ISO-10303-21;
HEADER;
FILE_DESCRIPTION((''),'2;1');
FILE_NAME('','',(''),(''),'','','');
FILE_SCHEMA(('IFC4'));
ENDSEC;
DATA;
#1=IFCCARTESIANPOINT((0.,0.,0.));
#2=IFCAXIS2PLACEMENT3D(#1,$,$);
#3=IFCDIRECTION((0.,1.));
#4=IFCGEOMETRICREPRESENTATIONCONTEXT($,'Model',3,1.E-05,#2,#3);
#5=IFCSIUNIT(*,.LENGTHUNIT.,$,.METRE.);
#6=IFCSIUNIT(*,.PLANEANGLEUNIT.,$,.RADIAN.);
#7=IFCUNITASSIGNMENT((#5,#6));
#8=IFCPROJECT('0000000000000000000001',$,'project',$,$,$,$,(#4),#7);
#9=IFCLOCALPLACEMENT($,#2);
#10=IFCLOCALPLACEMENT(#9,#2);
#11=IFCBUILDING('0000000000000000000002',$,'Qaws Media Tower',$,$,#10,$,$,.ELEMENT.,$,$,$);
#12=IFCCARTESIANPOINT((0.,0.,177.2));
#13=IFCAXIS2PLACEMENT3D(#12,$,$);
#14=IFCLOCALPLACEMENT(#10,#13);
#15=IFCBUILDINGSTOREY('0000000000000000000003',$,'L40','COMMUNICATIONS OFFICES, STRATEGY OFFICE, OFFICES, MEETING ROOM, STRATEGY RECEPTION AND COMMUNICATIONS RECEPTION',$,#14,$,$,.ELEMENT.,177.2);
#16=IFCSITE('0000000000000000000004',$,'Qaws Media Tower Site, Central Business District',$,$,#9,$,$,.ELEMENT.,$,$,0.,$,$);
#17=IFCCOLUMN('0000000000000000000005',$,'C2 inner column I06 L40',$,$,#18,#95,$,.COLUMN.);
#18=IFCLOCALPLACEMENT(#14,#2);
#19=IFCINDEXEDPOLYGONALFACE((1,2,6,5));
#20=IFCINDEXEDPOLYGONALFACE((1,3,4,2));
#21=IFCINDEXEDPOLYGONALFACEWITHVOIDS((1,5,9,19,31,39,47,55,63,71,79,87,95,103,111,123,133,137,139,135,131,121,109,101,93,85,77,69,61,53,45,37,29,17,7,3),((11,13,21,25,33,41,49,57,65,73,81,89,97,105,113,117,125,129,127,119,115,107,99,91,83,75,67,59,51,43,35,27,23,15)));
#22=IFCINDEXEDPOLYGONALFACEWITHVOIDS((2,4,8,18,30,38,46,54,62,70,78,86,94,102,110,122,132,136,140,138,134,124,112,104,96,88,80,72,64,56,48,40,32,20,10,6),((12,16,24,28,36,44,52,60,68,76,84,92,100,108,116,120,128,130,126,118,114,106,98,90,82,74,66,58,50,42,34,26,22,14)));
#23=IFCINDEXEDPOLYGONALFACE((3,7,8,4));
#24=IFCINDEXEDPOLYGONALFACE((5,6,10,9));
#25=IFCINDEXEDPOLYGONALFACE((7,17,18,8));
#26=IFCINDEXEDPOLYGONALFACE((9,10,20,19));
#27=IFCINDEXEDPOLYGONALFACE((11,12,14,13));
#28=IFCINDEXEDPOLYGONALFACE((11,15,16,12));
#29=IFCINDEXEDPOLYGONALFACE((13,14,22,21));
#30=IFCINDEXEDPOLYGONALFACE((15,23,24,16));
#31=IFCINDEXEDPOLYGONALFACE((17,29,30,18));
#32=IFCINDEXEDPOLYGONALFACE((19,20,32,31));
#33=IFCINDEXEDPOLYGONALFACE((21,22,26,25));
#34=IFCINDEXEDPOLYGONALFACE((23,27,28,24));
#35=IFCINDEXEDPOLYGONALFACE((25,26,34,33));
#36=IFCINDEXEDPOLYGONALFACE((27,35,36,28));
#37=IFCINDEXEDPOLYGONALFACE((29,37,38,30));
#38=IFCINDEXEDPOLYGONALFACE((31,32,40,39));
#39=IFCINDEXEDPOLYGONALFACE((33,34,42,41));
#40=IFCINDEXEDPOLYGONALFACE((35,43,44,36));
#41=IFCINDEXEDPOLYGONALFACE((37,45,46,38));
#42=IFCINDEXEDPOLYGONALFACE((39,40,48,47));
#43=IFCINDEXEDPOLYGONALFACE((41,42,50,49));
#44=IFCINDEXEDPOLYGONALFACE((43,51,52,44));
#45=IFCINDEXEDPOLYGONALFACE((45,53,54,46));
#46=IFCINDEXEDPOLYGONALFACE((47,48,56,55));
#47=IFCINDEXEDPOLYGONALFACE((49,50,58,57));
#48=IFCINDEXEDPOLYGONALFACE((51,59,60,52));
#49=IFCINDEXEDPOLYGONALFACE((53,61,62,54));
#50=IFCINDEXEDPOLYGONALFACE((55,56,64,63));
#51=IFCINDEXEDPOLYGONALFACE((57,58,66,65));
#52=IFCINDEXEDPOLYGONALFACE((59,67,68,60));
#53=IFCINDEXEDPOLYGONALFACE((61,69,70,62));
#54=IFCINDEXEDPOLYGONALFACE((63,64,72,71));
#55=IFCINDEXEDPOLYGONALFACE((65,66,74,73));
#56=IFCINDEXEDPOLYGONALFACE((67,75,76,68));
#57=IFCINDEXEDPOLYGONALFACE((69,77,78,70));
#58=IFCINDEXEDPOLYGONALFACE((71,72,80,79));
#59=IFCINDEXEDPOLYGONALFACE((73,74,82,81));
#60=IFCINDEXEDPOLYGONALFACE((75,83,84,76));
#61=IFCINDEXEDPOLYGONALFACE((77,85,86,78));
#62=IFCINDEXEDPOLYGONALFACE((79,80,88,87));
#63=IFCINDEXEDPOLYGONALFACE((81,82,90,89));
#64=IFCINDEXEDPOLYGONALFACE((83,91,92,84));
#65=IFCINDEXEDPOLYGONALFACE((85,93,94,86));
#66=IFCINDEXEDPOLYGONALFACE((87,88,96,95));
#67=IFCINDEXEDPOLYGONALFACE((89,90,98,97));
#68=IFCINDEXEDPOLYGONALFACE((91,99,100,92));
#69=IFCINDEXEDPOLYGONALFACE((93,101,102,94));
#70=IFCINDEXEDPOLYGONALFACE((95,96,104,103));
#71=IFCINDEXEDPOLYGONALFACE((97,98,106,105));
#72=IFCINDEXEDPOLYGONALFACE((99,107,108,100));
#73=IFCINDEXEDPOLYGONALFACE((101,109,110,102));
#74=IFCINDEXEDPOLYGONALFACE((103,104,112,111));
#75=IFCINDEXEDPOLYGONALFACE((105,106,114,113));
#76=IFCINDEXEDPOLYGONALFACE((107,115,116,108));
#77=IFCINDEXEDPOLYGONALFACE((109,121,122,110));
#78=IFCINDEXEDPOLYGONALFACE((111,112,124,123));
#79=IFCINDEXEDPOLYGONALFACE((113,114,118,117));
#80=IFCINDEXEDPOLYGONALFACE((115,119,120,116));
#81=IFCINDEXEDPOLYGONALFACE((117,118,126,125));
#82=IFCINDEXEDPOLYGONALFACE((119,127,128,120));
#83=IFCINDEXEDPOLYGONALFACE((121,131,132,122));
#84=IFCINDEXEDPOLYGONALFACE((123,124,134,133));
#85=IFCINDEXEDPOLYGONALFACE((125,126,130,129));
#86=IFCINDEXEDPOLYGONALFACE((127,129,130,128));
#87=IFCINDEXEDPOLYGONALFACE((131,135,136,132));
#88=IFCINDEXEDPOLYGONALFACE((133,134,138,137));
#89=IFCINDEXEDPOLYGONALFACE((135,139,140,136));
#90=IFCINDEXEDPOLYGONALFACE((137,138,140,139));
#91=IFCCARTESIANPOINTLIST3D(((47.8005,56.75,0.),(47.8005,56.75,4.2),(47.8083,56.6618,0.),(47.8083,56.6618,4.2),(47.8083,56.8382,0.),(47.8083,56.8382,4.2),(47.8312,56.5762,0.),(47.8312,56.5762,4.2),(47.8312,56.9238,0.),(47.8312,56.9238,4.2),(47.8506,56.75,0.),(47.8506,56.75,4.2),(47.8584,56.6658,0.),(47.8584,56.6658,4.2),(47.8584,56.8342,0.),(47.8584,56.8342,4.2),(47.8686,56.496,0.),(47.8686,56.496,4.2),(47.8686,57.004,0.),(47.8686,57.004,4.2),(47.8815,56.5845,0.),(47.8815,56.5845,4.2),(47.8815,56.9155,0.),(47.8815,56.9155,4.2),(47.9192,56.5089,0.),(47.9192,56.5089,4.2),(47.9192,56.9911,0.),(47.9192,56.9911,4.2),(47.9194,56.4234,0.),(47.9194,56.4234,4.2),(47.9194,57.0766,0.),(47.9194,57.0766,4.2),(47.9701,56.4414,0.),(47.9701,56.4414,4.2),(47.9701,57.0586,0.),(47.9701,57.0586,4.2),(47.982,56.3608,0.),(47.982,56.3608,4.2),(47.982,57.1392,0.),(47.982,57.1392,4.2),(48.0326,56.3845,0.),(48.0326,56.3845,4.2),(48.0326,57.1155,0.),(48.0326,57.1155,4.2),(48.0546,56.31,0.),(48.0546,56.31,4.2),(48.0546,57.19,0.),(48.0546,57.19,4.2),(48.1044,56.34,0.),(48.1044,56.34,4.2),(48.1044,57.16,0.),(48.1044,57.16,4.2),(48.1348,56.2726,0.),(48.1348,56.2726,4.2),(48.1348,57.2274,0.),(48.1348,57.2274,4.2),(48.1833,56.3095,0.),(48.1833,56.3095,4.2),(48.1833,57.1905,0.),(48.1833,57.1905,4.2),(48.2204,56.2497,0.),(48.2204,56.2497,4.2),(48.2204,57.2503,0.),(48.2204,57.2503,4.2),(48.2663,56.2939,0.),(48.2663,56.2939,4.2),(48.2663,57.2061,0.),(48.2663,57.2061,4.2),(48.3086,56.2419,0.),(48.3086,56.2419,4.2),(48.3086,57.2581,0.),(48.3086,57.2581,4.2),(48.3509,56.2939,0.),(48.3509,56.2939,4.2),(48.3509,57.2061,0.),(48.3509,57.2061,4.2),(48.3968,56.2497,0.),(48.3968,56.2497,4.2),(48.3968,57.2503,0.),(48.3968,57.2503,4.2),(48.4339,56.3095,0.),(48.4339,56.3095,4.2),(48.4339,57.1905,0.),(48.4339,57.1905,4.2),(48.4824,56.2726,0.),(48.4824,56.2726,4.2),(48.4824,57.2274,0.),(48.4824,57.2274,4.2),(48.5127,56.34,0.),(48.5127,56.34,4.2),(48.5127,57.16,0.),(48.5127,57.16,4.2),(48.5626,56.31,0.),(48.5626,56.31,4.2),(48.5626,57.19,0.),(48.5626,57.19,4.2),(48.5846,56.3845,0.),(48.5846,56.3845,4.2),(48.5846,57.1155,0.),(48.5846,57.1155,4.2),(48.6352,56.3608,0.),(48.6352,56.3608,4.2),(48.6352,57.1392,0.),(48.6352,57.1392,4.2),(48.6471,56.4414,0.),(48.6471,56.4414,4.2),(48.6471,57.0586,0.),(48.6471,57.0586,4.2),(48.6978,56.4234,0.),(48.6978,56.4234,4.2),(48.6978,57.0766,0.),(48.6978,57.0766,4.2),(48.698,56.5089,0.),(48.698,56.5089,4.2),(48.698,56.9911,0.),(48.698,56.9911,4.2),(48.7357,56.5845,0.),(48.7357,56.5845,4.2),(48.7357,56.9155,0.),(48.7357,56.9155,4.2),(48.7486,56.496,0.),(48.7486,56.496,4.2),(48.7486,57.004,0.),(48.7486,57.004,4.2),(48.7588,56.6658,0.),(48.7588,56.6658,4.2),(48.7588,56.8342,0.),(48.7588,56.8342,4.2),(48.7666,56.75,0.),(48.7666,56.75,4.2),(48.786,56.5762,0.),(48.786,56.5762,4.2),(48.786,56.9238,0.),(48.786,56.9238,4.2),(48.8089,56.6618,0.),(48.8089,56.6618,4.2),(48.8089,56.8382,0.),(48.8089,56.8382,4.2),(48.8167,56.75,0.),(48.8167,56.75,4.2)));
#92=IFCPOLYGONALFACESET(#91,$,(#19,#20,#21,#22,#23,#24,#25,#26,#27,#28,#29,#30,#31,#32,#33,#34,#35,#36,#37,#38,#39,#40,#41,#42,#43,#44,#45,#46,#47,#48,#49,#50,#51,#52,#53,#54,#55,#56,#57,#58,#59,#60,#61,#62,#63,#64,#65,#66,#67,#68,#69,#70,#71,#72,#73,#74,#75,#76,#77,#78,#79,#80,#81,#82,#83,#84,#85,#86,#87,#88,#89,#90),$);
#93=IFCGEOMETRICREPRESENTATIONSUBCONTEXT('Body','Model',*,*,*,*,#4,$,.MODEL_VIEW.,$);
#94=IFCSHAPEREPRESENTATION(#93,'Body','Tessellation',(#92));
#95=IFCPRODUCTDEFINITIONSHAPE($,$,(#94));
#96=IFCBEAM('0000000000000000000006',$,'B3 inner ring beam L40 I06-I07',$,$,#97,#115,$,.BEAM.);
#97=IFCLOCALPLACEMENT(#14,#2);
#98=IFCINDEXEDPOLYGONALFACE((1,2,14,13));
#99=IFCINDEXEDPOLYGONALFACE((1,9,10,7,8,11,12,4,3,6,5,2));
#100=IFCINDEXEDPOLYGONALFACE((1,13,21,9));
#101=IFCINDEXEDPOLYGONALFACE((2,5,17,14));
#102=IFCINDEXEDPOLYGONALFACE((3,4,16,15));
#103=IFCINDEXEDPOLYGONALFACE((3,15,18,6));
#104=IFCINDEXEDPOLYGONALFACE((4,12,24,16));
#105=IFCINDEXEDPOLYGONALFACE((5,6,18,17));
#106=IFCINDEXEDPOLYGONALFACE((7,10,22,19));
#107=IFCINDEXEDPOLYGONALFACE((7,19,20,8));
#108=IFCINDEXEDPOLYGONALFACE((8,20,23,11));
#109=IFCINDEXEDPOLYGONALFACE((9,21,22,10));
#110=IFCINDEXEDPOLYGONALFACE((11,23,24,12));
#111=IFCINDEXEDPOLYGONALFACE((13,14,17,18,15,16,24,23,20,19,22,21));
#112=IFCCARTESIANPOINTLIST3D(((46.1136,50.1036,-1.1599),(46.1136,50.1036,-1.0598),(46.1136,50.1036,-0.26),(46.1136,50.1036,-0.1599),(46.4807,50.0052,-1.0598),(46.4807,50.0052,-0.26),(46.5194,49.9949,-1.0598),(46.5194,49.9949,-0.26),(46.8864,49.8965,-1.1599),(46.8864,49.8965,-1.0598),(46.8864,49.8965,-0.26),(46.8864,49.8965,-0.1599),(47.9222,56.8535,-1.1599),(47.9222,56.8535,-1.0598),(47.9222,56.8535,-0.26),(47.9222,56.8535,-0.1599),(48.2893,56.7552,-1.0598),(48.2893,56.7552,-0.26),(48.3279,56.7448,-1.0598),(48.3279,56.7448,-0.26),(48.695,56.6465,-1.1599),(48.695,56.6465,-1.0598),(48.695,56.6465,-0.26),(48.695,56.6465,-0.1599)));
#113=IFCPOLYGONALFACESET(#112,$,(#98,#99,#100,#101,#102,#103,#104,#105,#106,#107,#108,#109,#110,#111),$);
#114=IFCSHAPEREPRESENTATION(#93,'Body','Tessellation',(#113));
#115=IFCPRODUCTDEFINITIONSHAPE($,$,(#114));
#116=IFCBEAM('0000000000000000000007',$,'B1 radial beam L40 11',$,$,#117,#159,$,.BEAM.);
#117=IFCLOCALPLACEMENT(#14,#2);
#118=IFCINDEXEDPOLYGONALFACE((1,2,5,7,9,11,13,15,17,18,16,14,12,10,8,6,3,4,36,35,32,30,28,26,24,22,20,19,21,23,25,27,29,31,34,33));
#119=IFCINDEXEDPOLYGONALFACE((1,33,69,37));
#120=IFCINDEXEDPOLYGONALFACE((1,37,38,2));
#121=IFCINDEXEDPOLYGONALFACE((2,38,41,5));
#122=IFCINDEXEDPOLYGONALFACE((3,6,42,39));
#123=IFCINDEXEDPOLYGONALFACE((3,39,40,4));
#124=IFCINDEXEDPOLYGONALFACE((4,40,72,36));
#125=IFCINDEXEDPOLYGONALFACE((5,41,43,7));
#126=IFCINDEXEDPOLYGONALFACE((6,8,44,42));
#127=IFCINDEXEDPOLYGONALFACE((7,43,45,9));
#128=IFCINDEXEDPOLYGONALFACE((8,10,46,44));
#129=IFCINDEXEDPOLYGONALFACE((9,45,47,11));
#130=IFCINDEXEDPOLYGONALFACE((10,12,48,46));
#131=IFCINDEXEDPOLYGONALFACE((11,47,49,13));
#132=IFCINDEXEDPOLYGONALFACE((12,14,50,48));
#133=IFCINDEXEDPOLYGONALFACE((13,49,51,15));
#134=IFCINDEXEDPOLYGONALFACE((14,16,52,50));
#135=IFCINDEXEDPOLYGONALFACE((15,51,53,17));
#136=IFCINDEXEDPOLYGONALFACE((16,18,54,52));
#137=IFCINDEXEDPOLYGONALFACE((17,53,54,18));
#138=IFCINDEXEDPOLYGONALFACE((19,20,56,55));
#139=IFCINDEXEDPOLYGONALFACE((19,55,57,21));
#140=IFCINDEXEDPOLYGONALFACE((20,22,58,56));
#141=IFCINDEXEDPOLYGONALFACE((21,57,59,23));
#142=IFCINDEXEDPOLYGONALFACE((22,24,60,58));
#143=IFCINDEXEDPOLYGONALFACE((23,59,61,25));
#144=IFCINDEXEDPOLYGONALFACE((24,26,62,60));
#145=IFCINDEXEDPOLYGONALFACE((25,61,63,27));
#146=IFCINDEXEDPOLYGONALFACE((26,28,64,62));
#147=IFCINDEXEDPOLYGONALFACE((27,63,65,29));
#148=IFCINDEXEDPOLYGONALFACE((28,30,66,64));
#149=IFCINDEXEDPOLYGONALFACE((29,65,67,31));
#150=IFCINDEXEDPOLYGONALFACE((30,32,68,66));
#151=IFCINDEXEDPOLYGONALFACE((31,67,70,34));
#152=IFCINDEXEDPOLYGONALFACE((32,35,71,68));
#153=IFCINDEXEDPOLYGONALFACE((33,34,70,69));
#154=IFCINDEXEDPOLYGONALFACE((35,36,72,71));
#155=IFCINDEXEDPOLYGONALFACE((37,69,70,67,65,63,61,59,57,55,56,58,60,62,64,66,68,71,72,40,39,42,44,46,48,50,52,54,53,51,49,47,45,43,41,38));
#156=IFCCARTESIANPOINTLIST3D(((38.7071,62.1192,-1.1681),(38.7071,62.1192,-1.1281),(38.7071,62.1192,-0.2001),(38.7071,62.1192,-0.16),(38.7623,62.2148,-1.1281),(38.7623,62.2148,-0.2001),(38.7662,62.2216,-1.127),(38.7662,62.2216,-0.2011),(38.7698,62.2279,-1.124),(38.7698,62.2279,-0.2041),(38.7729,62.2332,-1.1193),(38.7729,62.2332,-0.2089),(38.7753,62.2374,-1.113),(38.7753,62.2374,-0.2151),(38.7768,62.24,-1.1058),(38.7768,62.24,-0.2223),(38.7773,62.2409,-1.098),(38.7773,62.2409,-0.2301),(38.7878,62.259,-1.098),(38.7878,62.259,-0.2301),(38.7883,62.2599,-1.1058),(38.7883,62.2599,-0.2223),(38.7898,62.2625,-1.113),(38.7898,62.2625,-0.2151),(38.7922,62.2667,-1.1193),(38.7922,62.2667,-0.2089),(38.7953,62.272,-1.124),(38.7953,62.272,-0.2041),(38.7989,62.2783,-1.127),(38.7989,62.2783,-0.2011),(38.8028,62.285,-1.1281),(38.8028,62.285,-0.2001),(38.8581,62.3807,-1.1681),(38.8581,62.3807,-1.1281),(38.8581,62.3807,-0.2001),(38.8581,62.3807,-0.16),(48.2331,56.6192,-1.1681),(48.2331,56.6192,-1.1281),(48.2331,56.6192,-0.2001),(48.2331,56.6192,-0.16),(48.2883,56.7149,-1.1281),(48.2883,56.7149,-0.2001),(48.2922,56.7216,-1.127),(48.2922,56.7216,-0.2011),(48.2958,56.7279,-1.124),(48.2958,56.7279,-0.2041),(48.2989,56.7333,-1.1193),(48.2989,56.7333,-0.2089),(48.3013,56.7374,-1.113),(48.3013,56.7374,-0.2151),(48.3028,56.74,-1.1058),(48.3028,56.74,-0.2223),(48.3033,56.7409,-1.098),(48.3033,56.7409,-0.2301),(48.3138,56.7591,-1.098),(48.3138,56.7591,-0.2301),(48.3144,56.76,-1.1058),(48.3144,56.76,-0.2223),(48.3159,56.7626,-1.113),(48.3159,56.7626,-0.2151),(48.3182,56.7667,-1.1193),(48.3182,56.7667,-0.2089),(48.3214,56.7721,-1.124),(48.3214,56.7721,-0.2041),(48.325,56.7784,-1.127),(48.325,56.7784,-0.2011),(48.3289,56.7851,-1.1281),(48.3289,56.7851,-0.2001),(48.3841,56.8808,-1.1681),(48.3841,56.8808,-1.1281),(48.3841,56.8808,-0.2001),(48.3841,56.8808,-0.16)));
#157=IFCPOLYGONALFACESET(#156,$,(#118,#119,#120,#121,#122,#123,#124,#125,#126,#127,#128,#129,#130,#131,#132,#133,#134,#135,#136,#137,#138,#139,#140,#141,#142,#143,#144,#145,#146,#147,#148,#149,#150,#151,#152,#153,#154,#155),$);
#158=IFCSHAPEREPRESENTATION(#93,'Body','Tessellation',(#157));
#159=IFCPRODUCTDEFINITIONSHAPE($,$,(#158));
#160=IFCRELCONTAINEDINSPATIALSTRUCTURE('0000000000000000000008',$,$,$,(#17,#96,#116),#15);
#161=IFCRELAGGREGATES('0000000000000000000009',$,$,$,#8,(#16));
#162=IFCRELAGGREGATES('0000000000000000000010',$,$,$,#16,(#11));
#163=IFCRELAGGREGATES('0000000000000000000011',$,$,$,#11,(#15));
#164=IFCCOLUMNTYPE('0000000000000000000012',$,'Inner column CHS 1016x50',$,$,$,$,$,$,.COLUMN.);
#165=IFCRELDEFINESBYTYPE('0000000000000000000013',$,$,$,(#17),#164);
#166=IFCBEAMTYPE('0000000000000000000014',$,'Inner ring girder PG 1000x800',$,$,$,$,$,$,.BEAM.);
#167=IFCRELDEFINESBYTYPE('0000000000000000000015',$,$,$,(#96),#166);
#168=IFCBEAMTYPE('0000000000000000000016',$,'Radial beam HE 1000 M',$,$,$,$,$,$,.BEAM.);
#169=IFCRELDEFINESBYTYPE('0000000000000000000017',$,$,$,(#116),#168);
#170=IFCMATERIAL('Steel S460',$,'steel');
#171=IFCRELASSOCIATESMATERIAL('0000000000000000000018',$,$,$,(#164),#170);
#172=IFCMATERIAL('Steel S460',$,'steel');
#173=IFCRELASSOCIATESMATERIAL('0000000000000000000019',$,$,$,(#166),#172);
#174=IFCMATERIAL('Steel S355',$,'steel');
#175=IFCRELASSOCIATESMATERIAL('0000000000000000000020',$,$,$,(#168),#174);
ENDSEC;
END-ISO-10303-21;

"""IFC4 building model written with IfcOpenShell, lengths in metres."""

from ifc_helpers import new_model, si_unit, direction, frame, origin, origin_2d, place, context, subcontext, project, spatial, hollow_circle, i_section, extrude, material, material_profile, profile_set, type_object, element, save


model = new_model("IFC4")

# Units and contexts
model_context = context("Model", 3, precision=1e-05, world=origin(), true_north=direction((0.0, 1.0)))
body_context = subcontext(model_context, "Body", "Model", "MODEL_VIEW")
ifc_project = project(units=[si_unit("LENGTHUNIT", "METRE"), si_unit("PLANEANGLEUNIT", "RADIAN")], contexts=[model_context])

# Site, building, storey
site_placement = place(None, origin())
site = spatial("IfcSite", under=ifc_project, at=site_placement, Name="Qaws Media Tower Site, Central Business District", CompositionType="ELEMENT", RefElevation=0.0)
building_placement = place(site_placement, origin())
building = spatial("IfcBuilding", under=site, at=building_placement, Name="Qaws Media Tower", CompositionType="ELEMENT")
storey_placement = place(building_placement, frame((0.0, 0.0, 177.2)))
storey = spatial("IfcBuildingStorey", under=building, at=storey_placement, Name="L40", Description="COMMUNICATIONS OFFICES, STRATEGY OFFICE, OFFICES, MEETING ROOM, STRATEGY RECEPTION AND COMMUNICATIONS RECEPTION", CompositionType="ELEMENT", Elevation=177.2)

# Column
ifc_material_1 = material(Name="Steel S460", Category="steel")
ifc_material_profile_1 = material_profile(ifc_material_1, hollow_circle(Radius=0.5081, WallThickness=0.05, at=origin_2d()), Name="CHS 1016x50")
ifc_profile_set_1 = profile_set([ifc_material_profile_1], Name="Steel S460")
column_type = type_object("IfcColumnType", Name="Inner column CHS 1016x50", PredefinedType="COLUMN", material=ifc_profile_set_1)
column_placement = place(storey_placement, frame((48.3086, 56.75, 0.0), z_axis=(0.0, 0.0, 1.0), x_axis=(1.0, 0.0, 0.0)))
element("IfcColumn", 1, at=column_placement, inside=storey, type_object=column_type, Name="C2 inner column I06 L40", PredefinedType="COLUMN", context=body_context, shape_type="SweptSolid", body=[
    extrude(hollow_circle(Radius=0.5081, WallThickness=0.05, at=origin_2d()), origin(), (0.0, 0.0, 1.0), 4.2),
])

# Beams
ifc_material_2 = material(Name="Steel S460", Category="steel")
ifc_material_profile_2 = material_profile(ifc_material_2, i_section(OverallWidth=0.8, OverallDepth=1.0, WebThickness=0.04, FlangeThickness=0.1001, at=origin_2d()), Name="PG 1000x800")
ifc_profile_set_2 = profile_set([ifc_material_profile_2], Name="Steel S460")
beam_type_1 = type_object("IfcBeamType", Name="Inner ring girder PG 1000x800", PredefinedType="BEAM", material=ifc_profile_set_2)
beam_1_placement = place(storey_placement, frame((48.3086, 56.75, -0.6599), z_axis=(-0.258811, -0.965928, 0.0), x_axis=(0.965928, -0.258811, 0.0)))
element("IfcBeam", 2, at=beam_1_placement, inside=storey, type_object=beam_type_1, Name="B3 inner ring beam L40 I06-I07", PredefinedType="BEAM", context=body_context, shape_type="SweptSolid", body=[
    extrude(i_section(OverallWidth=0.8, OverallDepth=1.0, WebThickness=0.04, FlangeThickness=0.1001, at=origin_2d()), origin(), (0.0, 0.0, 1.0), 6.988),
])
ifc_material_3 = material(Name="Steel S355", Category="steel")
ifc_material_profile_3 = material_profile(ifc_material_3, i_section(OverallWidth=0.302, OverallDepth=1.0081, WebThickness=0.021, FlangeThickness=0.04, FilletRadius=0.03, at=origin_2d()), Name="HE 1000 M")
ifc_profile_set_3 = profile_set([ifc_material_profile_3], Name="Steel S355")
beam_type_2 = type_object("IfcBeamType", Name="Radial beam HE 1000 M", PredefinedType="BEAM", material=ifc_profile_set_3)
beam_2_placement = place(storey_placement, frame((48.3086, 56.75, -0.6641), z_axis=(-0.866022, 0.500006, 0.0), x_axis=(-0.500006, -0.866022, 0.0)))
element("IfcBeam", 3, at=beam_2_placement, inside=storey, type_object=beam_type_2, Name="B1 radial beam L40 11", PredefinedType="BEAM", context=body_context, shape_type="SweptSolid", body=[
    extrude(i_section(OverallWidth=0.302, OverallDepth=1.0081, WebThickness=0.021, FlangeThickness=0.04, FilletRadius=0.03, at=origin_2d()), origin(), (0.0, 0.0, 1.0), 10.9998),
])

save(model, "model.ifc")
